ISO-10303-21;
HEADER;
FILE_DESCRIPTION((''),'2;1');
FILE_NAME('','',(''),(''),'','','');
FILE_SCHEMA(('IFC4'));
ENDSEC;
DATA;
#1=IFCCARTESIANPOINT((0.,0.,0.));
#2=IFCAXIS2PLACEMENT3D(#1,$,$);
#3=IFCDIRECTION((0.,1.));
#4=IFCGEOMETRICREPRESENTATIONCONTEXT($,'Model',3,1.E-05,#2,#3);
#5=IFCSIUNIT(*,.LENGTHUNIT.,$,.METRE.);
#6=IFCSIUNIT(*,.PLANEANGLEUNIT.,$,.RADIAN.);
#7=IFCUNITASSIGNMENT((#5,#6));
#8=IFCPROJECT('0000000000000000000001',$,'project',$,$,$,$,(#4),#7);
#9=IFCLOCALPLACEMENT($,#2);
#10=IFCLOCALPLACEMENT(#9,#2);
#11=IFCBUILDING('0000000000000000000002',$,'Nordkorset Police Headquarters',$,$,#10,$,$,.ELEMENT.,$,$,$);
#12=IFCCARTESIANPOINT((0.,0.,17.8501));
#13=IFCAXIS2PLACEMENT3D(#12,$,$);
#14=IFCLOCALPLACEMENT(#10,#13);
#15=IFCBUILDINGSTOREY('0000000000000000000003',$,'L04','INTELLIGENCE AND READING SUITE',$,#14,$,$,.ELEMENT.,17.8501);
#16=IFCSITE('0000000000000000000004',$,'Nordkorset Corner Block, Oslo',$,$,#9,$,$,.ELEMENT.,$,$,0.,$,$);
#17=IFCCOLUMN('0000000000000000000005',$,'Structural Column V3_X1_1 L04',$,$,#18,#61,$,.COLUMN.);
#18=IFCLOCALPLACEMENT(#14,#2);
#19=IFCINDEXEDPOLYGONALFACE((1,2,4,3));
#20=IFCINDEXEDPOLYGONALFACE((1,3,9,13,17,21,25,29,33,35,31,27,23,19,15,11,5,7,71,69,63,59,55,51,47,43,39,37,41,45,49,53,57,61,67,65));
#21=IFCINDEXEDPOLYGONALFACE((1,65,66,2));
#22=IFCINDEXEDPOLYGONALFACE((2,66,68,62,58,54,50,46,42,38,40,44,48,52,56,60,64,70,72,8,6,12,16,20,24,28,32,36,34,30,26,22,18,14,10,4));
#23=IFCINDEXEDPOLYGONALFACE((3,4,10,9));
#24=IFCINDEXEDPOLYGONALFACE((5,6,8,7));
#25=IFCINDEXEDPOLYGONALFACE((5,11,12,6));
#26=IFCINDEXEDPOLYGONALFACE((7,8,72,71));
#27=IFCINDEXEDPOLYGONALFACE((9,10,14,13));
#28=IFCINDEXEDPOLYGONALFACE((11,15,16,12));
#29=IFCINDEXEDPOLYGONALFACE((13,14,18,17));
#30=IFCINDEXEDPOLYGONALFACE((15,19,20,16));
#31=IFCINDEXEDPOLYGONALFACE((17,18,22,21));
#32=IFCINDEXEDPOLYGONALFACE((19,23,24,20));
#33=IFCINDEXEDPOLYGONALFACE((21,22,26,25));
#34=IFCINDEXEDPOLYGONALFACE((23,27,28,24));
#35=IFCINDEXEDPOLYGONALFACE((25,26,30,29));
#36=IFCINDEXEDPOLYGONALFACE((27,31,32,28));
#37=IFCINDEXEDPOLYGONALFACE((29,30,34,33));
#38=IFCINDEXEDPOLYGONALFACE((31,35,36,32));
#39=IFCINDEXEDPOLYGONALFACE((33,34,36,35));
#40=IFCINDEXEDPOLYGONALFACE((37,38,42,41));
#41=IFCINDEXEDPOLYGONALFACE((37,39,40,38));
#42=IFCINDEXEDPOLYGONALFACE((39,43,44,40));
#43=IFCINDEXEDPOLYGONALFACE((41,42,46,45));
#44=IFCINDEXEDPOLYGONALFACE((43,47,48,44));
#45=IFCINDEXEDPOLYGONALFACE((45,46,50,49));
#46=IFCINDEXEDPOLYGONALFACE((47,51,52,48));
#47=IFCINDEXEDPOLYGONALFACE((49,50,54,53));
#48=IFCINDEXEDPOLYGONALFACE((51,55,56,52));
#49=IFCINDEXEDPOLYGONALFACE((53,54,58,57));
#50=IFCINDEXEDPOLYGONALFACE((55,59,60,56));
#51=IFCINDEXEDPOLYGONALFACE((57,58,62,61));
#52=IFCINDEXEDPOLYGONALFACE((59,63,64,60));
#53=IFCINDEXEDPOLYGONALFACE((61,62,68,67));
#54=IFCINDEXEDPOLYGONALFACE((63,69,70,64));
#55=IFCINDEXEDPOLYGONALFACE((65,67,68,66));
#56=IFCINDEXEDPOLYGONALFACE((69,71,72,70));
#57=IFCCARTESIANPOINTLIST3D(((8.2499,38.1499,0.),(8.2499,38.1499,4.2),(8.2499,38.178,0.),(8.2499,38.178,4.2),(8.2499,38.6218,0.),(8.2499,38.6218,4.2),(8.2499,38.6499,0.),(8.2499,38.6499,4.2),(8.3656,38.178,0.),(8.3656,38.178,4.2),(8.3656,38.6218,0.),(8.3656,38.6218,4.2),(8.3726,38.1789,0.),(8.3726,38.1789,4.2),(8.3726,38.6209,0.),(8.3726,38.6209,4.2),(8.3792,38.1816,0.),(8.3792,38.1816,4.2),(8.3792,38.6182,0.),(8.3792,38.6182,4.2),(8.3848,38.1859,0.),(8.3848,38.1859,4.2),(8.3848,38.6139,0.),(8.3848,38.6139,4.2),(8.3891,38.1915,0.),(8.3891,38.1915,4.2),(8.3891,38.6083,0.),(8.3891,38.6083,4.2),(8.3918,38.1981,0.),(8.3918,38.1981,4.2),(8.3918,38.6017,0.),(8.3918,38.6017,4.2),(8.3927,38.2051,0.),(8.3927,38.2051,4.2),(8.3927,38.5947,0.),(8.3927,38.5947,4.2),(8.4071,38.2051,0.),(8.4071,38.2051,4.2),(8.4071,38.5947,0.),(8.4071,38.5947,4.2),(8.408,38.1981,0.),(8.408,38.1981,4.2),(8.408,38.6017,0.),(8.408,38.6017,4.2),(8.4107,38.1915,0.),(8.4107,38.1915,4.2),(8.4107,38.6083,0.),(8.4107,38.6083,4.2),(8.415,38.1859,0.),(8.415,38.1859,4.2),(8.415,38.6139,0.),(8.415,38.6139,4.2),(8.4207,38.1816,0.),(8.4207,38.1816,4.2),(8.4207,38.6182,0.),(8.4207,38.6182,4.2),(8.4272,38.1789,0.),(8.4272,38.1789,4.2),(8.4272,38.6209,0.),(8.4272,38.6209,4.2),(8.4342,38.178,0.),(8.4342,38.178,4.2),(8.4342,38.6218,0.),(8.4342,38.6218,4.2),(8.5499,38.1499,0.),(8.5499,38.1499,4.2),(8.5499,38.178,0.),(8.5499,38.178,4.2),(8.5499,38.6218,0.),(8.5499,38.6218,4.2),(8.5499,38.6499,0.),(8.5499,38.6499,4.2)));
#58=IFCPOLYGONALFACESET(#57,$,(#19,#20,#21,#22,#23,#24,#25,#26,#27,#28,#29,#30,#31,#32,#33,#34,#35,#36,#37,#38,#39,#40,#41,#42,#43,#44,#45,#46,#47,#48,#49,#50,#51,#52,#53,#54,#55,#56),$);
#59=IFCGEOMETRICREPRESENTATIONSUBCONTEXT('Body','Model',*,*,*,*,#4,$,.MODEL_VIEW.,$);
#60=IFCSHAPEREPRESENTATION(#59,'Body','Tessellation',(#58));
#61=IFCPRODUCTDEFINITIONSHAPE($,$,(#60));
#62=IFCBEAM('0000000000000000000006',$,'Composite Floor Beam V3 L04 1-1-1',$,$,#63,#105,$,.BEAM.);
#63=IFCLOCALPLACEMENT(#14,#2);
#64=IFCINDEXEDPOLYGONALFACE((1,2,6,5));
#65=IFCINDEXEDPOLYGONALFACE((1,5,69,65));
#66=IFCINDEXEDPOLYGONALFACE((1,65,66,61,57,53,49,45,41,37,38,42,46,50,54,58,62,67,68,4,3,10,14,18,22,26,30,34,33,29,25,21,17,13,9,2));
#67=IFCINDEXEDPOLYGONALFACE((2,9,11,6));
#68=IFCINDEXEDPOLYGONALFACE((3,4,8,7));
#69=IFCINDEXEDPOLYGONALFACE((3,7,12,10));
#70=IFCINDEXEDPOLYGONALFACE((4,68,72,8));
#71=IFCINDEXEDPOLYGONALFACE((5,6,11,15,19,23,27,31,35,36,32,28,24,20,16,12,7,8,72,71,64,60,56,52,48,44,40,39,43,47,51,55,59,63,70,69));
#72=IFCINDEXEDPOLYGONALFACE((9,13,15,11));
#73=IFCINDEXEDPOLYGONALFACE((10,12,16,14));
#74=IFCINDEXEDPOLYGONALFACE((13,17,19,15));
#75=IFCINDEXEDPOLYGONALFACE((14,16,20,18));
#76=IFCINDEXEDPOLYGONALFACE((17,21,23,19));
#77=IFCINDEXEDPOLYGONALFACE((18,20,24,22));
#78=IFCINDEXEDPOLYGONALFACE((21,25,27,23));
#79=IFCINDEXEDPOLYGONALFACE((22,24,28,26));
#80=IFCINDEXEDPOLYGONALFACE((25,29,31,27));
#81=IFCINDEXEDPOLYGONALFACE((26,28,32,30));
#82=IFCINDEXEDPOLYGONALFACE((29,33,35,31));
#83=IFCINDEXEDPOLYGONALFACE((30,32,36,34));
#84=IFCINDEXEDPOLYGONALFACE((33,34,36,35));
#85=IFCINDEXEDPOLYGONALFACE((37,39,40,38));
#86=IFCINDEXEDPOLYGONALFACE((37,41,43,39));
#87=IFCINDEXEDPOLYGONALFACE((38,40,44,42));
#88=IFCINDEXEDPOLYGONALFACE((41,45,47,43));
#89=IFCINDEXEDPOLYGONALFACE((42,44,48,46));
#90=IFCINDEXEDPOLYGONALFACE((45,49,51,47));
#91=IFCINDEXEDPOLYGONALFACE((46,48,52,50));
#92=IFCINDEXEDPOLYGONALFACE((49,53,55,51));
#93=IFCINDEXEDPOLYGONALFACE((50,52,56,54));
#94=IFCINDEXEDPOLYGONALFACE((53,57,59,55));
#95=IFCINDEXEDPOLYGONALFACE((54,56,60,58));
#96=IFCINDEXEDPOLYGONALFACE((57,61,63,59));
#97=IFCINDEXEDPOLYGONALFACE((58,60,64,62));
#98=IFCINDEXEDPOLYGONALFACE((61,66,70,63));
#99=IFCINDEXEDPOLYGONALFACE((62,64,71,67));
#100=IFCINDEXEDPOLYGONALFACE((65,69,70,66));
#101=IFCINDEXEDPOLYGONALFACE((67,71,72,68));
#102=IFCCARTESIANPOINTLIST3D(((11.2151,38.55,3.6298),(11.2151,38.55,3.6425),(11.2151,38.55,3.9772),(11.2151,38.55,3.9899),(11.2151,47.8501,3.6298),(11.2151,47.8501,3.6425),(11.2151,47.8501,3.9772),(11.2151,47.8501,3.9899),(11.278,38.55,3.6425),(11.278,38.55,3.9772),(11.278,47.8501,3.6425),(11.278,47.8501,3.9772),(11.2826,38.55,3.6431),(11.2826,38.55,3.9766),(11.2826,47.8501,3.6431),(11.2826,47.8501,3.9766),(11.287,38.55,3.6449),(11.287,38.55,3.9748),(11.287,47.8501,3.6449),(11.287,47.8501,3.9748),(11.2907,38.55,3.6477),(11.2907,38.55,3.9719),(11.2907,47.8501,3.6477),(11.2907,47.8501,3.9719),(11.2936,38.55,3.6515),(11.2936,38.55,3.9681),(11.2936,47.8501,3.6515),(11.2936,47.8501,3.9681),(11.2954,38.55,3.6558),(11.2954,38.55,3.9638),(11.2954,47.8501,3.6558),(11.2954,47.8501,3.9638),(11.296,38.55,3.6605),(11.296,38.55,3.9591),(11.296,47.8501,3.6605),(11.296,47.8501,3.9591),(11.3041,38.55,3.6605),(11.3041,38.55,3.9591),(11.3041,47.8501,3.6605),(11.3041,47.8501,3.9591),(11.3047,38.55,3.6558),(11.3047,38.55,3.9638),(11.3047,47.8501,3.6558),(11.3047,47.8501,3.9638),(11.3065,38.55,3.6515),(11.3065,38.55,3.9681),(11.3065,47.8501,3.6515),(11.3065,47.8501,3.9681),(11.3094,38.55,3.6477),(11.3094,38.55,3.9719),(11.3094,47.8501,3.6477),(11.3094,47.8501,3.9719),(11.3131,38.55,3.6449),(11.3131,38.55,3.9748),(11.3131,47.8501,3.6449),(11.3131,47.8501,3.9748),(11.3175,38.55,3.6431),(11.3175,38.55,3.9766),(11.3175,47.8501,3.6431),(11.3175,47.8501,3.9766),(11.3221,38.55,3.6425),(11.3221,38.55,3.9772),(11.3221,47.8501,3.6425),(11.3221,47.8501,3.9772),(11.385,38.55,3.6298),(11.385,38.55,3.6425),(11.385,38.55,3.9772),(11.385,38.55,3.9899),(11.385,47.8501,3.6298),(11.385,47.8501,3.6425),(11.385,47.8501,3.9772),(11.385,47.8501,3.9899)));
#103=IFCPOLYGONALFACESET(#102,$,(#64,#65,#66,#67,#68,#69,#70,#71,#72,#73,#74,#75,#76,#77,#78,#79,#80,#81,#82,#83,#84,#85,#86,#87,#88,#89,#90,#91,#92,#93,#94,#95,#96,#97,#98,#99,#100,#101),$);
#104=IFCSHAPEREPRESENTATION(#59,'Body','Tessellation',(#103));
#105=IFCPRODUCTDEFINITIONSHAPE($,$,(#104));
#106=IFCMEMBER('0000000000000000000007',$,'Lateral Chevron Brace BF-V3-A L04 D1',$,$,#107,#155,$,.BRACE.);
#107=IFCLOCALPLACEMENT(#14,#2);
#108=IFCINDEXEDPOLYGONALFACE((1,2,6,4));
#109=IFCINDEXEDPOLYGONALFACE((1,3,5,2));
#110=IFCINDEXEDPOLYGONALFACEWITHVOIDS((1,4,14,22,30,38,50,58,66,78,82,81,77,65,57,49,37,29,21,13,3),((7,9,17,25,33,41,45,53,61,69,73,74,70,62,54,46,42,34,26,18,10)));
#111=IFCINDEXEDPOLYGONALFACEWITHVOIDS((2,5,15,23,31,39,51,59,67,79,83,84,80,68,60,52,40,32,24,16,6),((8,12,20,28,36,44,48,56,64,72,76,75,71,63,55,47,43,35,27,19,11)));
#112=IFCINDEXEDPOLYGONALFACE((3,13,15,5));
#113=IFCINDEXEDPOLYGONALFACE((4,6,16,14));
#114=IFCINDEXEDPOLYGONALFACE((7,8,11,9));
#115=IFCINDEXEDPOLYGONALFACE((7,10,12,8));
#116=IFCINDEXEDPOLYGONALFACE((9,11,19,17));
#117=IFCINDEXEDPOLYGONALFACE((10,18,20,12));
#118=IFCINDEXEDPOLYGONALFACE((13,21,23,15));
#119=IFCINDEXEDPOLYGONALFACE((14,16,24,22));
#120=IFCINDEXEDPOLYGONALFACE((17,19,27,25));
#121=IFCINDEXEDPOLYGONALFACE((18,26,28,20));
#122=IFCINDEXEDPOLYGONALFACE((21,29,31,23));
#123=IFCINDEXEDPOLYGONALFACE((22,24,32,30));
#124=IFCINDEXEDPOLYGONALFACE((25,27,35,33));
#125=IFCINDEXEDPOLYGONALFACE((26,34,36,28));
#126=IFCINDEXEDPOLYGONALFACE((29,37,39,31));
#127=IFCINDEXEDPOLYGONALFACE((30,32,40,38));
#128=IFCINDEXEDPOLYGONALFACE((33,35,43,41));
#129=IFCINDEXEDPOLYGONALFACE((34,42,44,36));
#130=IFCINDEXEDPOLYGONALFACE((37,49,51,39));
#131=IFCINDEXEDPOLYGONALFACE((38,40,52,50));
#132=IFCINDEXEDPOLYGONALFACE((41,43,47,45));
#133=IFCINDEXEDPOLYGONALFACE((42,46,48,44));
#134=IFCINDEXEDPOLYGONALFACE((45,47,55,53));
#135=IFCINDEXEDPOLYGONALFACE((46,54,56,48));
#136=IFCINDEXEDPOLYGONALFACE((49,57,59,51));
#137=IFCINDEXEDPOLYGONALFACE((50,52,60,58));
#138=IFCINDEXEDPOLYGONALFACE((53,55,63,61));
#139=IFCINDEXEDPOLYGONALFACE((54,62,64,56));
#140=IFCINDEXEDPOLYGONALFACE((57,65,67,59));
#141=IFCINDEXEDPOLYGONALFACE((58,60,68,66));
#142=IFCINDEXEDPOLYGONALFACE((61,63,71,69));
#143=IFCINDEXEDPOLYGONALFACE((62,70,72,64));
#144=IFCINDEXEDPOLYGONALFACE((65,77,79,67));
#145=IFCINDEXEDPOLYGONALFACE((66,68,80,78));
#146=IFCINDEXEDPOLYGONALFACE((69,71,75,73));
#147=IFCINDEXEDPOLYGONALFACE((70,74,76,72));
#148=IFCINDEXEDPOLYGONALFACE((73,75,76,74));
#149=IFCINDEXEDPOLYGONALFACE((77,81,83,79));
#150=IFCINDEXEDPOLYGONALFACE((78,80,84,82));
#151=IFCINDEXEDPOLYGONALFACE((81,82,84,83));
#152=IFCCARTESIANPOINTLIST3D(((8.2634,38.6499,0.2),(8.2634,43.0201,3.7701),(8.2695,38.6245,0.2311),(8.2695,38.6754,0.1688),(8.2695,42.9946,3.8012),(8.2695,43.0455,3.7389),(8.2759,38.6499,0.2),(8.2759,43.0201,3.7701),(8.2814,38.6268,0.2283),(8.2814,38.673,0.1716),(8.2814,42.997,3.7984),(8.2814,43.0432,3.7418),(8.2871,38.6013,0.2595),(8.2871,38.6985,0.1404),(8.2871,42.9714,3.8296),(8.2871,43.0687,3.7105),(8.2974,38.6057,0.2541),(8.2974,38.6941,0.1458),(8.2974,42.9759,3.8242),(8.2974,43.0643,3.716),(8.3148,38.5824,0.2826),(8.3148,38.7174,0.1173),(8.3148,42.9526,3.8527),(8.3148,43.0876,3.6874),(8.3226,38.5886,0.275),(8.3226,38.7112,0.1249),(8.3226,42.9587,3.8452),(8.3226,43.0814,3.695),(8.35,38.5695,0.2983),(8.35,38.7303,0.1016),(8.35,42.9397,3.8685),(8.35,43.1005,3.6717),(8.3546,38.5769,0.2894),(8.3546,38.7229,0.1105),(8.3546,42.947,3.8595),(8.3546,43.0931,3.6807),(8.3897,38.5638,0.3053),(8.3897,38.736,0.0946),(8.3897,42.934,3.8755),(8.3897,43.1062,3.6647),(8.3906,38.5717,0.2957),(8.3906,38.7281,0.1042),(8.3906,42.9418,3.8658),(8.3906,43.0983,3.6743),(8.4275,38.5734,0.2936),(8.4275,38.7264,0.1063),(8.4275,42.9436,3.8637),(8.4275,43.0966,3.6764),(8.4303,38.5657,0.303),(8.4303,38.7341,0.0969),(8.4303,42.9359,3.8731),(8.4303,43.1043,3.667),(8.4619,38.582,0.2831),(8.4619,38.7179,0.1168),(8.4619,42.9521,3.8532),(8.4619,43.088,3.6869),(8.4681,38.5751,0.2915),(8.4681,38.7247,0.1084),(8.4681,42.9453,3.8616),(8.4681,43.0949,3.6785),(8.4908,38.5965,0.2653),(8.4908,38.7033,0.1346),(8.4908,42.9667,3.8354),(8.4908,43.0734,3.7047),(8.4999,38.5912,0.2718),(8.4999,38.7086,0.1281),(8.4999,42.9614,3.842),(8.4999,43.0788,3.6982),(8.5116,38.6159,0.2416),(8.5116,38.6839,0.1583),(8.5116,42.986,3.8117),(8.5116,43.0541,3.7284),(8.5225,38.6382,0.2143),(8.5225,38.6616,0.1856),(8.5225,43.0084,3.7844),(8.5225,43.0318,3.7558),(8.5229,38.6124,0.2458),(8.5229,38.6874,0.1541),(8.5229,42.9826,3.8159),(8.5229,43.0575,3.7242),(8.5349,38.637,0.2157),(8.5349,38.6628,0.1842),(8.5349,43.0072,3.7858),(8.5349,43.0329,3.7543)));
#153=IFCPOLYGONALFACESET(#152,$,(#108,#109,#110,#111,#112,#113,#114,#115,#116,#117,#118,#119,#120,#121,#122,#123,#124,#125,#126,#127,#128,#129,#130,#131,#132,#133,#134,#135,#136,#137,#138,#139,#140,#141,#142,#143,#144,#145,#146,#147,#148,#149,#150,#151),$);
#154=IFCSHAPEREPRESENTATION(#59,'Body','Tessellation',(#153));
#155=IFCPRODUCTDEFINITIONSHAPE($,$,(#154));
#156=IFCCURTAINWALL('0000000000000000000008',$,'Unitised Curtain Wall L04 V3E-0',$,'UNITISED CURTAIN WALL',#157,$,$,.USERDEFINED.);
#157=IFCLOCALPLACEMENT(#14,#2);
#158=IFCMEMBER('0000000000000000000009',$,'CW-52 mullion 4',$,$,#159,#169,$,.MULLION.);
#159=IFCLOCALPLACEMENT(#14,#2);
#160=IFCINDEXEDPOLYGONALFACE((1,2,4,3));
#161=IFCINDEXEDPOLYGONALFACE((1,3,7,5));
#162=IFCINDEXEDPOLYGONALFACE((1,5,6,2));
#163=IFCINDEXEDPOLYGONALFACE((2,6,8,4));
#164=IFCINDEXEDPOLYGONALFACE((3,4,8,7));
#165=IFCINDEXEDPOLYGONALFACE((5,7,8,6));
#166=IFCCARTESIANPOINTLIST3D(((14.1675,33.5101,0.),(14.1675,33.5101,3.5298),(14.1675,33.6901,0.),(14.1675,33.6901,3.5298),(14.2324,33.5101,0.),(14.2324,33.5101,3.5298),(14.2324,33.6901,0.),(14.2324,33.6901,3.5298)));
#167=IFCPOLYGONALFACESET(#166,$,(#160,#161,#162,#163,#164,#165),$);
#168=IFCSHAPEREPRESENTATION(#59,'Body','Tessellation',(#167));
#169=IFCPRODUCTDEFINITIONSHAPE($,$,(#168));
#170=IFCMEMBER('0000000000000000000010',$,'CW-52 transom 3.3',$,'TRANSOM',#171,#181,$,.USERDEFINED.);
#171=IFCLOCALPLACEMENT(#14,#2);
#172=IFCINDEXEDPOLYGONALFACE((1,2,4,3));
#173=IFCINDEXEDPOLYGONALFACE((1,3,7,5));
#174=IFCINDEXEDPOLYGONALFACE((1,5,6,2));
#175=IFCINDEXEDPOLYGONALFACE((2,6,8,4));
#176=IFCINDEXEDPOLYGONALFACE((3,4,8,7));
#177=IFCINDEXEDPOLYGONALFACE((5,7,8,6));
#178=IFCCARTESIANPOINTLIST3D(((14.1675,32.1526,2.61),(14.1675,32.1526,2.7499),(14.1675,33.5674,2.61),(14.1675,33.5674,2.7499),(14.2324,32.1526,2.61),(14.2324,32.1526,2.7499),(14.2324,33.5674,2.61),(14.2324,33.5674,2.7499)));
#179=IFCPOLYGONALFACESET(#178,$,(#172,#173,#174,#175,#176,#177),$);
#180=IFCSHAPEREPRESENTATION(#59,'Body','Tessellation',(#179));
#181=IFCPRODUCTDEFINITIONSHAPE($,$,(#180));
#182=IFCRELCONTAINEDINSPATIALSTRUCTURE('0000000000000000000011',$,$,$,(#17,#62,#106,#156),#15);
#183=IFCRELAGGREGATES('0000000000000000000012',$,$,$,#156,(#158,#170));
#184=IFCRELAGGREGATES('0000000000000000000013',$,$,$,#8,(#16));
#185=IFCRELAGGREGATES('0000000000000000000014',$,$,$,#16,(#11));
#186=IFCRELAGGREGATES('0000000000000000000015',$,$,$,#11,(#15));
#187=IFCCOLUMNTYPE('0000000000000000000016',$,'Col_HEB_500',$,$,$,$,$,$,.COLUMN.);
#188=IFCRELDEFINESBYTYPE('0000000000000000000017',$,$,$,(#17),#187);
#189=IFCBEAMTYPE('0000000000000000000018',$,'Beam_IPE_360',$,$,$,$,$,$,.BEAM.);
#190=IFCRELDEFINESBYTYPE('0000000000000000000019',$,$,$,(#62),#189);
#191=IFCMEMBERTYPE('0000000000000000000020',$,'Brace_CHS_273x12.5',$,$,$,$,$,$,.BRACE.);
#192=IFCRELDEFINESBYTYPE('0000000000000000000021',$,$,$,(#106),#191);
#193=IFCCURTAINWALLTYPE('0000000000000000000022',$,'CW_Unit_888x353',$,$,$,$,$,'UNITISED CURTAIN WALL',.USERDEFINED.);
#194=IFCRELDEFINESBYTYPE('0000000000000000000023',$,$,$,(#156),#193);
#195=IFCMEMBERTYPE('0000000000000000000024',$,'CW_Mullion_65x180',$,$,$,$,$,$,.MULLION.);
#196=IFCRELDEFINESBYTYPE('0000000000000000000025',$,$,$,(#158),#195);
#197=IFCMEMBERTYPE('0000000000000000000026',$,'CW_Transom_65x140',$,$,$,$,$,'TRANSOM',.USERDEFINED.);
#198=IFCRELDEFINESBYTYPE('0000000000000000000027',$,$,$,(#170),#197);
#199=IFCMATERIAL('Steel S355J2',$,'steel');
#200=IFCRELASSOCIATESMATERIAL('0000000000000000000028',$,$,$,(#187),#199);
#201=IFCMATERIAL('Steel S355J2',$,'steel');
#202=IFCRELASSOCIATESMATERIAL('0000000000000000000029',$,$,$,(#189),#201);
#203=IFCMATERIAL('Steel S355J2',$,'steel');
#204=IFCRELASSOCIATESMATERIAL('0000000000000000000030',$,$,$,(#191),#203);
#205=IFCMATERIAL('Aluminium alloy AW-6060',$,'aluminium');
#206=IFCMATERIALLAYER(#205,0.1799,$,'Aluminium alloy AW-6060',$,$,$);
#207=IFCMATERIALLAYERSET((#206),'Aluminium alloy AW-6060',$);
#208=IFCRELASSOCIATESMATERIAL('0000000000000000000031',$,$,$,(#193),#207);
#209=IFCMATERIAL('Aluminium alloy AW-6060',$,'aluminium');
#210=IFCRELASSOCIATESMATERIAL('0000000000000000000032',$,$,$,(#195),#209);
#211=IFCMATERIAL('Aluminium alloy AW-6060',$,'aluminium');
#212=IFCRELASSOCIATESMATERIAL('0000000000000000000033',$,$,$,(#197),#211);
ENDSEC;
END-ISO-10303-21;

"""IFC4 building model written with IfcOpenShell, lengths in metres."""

from ifc_helpers import new_model, si_unit, direction, frame, origin, origin_2d, place, context, subcontext, project, spatial, rectangle, hollow_circle, i_section, extrude, material, layer, layer_set, material_profile, profile_set, type_object, element, aggregate, save


model = new_model("IFC4")

# Units and contexts
model_context = context("Model", 3, precision=1e-05, world=origin(), true_north=direction((0.0, 1.0)))
body_context = subcontext(model_context, "Body", "Model", "MODEL_VIEW")
ifc_project = project(units=[si_unit("LENGTHUNIT", "METRE"), si_unit("PLANEANGLEUNIT", "RADIAN")], contexts=[model_context])

# Site, building, storey
site_placement = place(None, origin())
site = spatial("IfcSite", under=ifc_project, at=site_placement, Name="Nordkorset Corner Block, Oslo", CompositionType="ELEMENT", RefElevation=0.0)
building_placement = place(site_placement, origin())
building = spatial("IfcBuilding", under=site, at=building_placement, Name="Nordkorset Police Headquarters", CompositionType="ELEMENT")
storey_placement = place(building_placement, frame((0.0, 0.0, 17.8501)))
storey = spatial("IfcBuildingStorey", under=building, at=storey_placement, Name="L04", Description="INTELLIGENCE AND READING SUITE", CompositionType="ELEMENT", Elevation=17.8501)

# Column
ifc_material_1 = material(Name="Steel S355J2", Category="steel")
ifc_material_profile_1 = material_profile(ifc_material_1, i_section(OverallWidth=0.3, OverallDepth=0.5, WebThickness=0.0144, FlangeThickness=0.0281, FilletRadius=0.0271, at=origin_2d()), Name="HEB 500")
ifc_profile_set_1 = profile_set([ifc_material_profile_1], Name="Steel S355J2")
column_type = type_object("IfcColumnType", Name="Col_HEB_500", PredefinedType="COLUMN", material=ifc_profile_set_1)
column_placement = place(storey_placement, frame((8.3999, 38.3999, 0.0), z_axis=(0.0, 0.0, 1.0), x_axis=(1.0, 0.0, 0.0)))
element("IfcColumn", 1, at=column_placement, inside=storey, type_object=column_type, Name="Structural Column V3_X1_1 L04", PredefinedType="COLUMN", context=body_context, shape_type="SweptSolid", body=[
    extrude(i_section(OverallWidth=0.3, OverallDepth=0.5, WebThickness=0.0144, FlangeThickness=0.0281, FilletRadius=0.0271, at=origin_2d()), origin(), (0.0, 0.0, 1.0), 4.2),
])

# Beam
ifc_material_2 = material(Name="Steel S355J2", Category="steel")
ifc_material_profile_2 = material_profile(ifc_material_2, i_section(OverallWidth=0.1699, OverallDepth=0.3601, WebThickness=0.0081, FlangeThickness=0.0127, FilletRadius=0.0181, at=origin_2d()), Name="IPE 360")
ifc_profile_set_2 = profile_set([ifc_material_profile_2], Name="Steel S355J2")
beam_type_1 = type_object("IfcBeamType", Name="Beam_IPE_360", PredefinedType="BEAM", material=ifc_profile_set_2)
beam_1_placement = place(storey_placement, frame((11.3, 38.55, 3.8098), z_axis=(0.0, 1.0, 0.0), x_axis=(-1.0, 0.0, 0.0)))
element("IfcBeam", 2, at=beam_1_placement, inside=storey, type_object=beam_type_1, Name="Composite Floor Beam V3 L04 1-1-1", PredefinedType="BEAM", context=body_context, shape_type="SweptSolid", body=[
    extrude(i_section(OverallWidth=0.1699, OverallDepth=0.3601, WebThickness=0.0081, FlangeThickness=0.0127, FilletRadius=0.0181, at=origin_2d()), origin(), (0.0, 0.0, 1.0), 9.3),
])

# Member
ifc_material_3 = material(Name="Steel S355J2", Category="steel")
ifc_material_profile_3 = material_profile(ifc_material_3, hollow_circle(Radius=0.1365, WallThickness=0.0125, at=origin_2d()), Name="CHS 273x12.5")
ifc_profile_set_3 = profile_set([ifc_material_profile_3], Name="Steel S355J2")
member_type_1 = type_object("IfcMemberType", Name="Brace_CHS_273x12.5", PredefinedType="BRACE", material=ifc_profile_set_3)
member_1_placement = place(storey_placement, frame((8.3999, 38.6499, 0.2), z_axis=(0.0, 0.774433, 0.632656), x_axis=(-1.0, 0.0, 0.0)))
element("IfcMember", 3, at=member_1_placement, inside=storey, type_object=member_type_1, Name="Lateral Chevron Brace BF-V3-A L04 D1", PredefinedType="BRACE", context=body_context, shape_type="SweptSolid", body=[
    extrude(hollow_circle(Radius=0.1365, WallThickness=0.0125, at=origin_2d()), origin(), (0.0, 0.0, 1.0), 5.6431),
])

# Curtain wall, members
ifc_material_4 = material(Name="Aluminium alloy AW-6060", Category="aluminium")
ifc_layer_1 = layer(ifc_material_4, 0.1799, Name="Aluminium alloy AW-6060")
ifc_layer_set_1 = layer_set([ifc_layer_1], Name="Aluminium alloy AW-6060")
curtain_wall_type = type_object("IfcCurtainWallType", Name="CW_Unit_888x353", ElementType="UNITISED CURTAIN WALL", PredefinedType="USERDEFINED", material=ifc_layer_set_1)
curtain_wall_placement = place(storey_placement, origin())
curtain_wall = element("IfcCurtainWall", 4, at=curtain_wall_placement, inside=storey, type_object=curtain_wall_type, Name="Unitised Curtain Wall L04 V3E-0", ObjectType="UNITISED CURTAIN WALL", PredefinedType="USERDEFINED")
ifc_material_5 = material(Name="Aluminium alloy AW-6060", Category="aluminium")
ifc_material_profile_4 = material_profile(ifc_material_5, rectangle(XDim=0.0649, YDim=0.1799, at=origin_2d()), Name="ALU MULL 65x180")
ifc_profile_set_4 = profile_set([ifc_material_profile_4], Name="Aluminium alloy AW-6060")
member_type_2 = type_object("IfcMemberType", Name="CW_Mullion_65x180", PredefinedType="MULLION", material=ifc_profile_set_4)
member_2_placement = place(storey_placement, frame((14.2, 33.6001, 0.0), z_axis=(0.0, 0.0, 1.0), x_axis=(-1.0, 0.0, 0.0)))
member_2 = element("IfcMember", 5, at=member_2_placement, type_object=member_type_2, Name="CW-52 mullion 4", PredefinedType="MULLION", context=body_context, shape_type="SweptSolid", body=[
    extrude(rectangle(XDim=0.0649, YDim=0.1799, at=origin_2d()), origin(), (0.0, 0.0, 1.0), 3.5298),
])
ifc_material_6 = material(Name="Aluminium alloy AW-6060", Category="aluminium")
ifc_material_profile_5 = material_profile(ifc_material_6, rectangle(XDim=0.0649, YDim=0.1399, at=origin_2d()), Name="ALU TRAN 65x140")
ifc_profile_set_5 = profile_set([ifc_material_profile_5], Name="Aluminium alloy AW-6060")
member_type_3 = type_object("IfcMemberType", Name="CW_Transom_65x140", ElementType="TRANSOM", PredefinedType="USERDEFINED", material=ifc_profile_set_5)
member_3_placement = place(storey_placement, frame((14.2, 32.1526, 2.6799), z_axis=(0.0, 1.0, 0.0), x_axis=(-1.0, 0.0, 0.0)))
member_3 = element("IfcMember", 6, at=member_3_placement, type_object=member_type_3, Name="CW-52 transom 3.3", ObjectType="TRANSOM", PredefinedType="USERDEFINED", context=body_context, shape_type="SweptSolid", body=[
    extrude(rectangle(XDim=0.0649, YDim=0.1399, at=origin_2d()), origin(), (0.0, 0.0, 1.0), 1.4148),
])

aggregate(curtain_wall, [member_2, member_3])

save(model, "model.ifc")
